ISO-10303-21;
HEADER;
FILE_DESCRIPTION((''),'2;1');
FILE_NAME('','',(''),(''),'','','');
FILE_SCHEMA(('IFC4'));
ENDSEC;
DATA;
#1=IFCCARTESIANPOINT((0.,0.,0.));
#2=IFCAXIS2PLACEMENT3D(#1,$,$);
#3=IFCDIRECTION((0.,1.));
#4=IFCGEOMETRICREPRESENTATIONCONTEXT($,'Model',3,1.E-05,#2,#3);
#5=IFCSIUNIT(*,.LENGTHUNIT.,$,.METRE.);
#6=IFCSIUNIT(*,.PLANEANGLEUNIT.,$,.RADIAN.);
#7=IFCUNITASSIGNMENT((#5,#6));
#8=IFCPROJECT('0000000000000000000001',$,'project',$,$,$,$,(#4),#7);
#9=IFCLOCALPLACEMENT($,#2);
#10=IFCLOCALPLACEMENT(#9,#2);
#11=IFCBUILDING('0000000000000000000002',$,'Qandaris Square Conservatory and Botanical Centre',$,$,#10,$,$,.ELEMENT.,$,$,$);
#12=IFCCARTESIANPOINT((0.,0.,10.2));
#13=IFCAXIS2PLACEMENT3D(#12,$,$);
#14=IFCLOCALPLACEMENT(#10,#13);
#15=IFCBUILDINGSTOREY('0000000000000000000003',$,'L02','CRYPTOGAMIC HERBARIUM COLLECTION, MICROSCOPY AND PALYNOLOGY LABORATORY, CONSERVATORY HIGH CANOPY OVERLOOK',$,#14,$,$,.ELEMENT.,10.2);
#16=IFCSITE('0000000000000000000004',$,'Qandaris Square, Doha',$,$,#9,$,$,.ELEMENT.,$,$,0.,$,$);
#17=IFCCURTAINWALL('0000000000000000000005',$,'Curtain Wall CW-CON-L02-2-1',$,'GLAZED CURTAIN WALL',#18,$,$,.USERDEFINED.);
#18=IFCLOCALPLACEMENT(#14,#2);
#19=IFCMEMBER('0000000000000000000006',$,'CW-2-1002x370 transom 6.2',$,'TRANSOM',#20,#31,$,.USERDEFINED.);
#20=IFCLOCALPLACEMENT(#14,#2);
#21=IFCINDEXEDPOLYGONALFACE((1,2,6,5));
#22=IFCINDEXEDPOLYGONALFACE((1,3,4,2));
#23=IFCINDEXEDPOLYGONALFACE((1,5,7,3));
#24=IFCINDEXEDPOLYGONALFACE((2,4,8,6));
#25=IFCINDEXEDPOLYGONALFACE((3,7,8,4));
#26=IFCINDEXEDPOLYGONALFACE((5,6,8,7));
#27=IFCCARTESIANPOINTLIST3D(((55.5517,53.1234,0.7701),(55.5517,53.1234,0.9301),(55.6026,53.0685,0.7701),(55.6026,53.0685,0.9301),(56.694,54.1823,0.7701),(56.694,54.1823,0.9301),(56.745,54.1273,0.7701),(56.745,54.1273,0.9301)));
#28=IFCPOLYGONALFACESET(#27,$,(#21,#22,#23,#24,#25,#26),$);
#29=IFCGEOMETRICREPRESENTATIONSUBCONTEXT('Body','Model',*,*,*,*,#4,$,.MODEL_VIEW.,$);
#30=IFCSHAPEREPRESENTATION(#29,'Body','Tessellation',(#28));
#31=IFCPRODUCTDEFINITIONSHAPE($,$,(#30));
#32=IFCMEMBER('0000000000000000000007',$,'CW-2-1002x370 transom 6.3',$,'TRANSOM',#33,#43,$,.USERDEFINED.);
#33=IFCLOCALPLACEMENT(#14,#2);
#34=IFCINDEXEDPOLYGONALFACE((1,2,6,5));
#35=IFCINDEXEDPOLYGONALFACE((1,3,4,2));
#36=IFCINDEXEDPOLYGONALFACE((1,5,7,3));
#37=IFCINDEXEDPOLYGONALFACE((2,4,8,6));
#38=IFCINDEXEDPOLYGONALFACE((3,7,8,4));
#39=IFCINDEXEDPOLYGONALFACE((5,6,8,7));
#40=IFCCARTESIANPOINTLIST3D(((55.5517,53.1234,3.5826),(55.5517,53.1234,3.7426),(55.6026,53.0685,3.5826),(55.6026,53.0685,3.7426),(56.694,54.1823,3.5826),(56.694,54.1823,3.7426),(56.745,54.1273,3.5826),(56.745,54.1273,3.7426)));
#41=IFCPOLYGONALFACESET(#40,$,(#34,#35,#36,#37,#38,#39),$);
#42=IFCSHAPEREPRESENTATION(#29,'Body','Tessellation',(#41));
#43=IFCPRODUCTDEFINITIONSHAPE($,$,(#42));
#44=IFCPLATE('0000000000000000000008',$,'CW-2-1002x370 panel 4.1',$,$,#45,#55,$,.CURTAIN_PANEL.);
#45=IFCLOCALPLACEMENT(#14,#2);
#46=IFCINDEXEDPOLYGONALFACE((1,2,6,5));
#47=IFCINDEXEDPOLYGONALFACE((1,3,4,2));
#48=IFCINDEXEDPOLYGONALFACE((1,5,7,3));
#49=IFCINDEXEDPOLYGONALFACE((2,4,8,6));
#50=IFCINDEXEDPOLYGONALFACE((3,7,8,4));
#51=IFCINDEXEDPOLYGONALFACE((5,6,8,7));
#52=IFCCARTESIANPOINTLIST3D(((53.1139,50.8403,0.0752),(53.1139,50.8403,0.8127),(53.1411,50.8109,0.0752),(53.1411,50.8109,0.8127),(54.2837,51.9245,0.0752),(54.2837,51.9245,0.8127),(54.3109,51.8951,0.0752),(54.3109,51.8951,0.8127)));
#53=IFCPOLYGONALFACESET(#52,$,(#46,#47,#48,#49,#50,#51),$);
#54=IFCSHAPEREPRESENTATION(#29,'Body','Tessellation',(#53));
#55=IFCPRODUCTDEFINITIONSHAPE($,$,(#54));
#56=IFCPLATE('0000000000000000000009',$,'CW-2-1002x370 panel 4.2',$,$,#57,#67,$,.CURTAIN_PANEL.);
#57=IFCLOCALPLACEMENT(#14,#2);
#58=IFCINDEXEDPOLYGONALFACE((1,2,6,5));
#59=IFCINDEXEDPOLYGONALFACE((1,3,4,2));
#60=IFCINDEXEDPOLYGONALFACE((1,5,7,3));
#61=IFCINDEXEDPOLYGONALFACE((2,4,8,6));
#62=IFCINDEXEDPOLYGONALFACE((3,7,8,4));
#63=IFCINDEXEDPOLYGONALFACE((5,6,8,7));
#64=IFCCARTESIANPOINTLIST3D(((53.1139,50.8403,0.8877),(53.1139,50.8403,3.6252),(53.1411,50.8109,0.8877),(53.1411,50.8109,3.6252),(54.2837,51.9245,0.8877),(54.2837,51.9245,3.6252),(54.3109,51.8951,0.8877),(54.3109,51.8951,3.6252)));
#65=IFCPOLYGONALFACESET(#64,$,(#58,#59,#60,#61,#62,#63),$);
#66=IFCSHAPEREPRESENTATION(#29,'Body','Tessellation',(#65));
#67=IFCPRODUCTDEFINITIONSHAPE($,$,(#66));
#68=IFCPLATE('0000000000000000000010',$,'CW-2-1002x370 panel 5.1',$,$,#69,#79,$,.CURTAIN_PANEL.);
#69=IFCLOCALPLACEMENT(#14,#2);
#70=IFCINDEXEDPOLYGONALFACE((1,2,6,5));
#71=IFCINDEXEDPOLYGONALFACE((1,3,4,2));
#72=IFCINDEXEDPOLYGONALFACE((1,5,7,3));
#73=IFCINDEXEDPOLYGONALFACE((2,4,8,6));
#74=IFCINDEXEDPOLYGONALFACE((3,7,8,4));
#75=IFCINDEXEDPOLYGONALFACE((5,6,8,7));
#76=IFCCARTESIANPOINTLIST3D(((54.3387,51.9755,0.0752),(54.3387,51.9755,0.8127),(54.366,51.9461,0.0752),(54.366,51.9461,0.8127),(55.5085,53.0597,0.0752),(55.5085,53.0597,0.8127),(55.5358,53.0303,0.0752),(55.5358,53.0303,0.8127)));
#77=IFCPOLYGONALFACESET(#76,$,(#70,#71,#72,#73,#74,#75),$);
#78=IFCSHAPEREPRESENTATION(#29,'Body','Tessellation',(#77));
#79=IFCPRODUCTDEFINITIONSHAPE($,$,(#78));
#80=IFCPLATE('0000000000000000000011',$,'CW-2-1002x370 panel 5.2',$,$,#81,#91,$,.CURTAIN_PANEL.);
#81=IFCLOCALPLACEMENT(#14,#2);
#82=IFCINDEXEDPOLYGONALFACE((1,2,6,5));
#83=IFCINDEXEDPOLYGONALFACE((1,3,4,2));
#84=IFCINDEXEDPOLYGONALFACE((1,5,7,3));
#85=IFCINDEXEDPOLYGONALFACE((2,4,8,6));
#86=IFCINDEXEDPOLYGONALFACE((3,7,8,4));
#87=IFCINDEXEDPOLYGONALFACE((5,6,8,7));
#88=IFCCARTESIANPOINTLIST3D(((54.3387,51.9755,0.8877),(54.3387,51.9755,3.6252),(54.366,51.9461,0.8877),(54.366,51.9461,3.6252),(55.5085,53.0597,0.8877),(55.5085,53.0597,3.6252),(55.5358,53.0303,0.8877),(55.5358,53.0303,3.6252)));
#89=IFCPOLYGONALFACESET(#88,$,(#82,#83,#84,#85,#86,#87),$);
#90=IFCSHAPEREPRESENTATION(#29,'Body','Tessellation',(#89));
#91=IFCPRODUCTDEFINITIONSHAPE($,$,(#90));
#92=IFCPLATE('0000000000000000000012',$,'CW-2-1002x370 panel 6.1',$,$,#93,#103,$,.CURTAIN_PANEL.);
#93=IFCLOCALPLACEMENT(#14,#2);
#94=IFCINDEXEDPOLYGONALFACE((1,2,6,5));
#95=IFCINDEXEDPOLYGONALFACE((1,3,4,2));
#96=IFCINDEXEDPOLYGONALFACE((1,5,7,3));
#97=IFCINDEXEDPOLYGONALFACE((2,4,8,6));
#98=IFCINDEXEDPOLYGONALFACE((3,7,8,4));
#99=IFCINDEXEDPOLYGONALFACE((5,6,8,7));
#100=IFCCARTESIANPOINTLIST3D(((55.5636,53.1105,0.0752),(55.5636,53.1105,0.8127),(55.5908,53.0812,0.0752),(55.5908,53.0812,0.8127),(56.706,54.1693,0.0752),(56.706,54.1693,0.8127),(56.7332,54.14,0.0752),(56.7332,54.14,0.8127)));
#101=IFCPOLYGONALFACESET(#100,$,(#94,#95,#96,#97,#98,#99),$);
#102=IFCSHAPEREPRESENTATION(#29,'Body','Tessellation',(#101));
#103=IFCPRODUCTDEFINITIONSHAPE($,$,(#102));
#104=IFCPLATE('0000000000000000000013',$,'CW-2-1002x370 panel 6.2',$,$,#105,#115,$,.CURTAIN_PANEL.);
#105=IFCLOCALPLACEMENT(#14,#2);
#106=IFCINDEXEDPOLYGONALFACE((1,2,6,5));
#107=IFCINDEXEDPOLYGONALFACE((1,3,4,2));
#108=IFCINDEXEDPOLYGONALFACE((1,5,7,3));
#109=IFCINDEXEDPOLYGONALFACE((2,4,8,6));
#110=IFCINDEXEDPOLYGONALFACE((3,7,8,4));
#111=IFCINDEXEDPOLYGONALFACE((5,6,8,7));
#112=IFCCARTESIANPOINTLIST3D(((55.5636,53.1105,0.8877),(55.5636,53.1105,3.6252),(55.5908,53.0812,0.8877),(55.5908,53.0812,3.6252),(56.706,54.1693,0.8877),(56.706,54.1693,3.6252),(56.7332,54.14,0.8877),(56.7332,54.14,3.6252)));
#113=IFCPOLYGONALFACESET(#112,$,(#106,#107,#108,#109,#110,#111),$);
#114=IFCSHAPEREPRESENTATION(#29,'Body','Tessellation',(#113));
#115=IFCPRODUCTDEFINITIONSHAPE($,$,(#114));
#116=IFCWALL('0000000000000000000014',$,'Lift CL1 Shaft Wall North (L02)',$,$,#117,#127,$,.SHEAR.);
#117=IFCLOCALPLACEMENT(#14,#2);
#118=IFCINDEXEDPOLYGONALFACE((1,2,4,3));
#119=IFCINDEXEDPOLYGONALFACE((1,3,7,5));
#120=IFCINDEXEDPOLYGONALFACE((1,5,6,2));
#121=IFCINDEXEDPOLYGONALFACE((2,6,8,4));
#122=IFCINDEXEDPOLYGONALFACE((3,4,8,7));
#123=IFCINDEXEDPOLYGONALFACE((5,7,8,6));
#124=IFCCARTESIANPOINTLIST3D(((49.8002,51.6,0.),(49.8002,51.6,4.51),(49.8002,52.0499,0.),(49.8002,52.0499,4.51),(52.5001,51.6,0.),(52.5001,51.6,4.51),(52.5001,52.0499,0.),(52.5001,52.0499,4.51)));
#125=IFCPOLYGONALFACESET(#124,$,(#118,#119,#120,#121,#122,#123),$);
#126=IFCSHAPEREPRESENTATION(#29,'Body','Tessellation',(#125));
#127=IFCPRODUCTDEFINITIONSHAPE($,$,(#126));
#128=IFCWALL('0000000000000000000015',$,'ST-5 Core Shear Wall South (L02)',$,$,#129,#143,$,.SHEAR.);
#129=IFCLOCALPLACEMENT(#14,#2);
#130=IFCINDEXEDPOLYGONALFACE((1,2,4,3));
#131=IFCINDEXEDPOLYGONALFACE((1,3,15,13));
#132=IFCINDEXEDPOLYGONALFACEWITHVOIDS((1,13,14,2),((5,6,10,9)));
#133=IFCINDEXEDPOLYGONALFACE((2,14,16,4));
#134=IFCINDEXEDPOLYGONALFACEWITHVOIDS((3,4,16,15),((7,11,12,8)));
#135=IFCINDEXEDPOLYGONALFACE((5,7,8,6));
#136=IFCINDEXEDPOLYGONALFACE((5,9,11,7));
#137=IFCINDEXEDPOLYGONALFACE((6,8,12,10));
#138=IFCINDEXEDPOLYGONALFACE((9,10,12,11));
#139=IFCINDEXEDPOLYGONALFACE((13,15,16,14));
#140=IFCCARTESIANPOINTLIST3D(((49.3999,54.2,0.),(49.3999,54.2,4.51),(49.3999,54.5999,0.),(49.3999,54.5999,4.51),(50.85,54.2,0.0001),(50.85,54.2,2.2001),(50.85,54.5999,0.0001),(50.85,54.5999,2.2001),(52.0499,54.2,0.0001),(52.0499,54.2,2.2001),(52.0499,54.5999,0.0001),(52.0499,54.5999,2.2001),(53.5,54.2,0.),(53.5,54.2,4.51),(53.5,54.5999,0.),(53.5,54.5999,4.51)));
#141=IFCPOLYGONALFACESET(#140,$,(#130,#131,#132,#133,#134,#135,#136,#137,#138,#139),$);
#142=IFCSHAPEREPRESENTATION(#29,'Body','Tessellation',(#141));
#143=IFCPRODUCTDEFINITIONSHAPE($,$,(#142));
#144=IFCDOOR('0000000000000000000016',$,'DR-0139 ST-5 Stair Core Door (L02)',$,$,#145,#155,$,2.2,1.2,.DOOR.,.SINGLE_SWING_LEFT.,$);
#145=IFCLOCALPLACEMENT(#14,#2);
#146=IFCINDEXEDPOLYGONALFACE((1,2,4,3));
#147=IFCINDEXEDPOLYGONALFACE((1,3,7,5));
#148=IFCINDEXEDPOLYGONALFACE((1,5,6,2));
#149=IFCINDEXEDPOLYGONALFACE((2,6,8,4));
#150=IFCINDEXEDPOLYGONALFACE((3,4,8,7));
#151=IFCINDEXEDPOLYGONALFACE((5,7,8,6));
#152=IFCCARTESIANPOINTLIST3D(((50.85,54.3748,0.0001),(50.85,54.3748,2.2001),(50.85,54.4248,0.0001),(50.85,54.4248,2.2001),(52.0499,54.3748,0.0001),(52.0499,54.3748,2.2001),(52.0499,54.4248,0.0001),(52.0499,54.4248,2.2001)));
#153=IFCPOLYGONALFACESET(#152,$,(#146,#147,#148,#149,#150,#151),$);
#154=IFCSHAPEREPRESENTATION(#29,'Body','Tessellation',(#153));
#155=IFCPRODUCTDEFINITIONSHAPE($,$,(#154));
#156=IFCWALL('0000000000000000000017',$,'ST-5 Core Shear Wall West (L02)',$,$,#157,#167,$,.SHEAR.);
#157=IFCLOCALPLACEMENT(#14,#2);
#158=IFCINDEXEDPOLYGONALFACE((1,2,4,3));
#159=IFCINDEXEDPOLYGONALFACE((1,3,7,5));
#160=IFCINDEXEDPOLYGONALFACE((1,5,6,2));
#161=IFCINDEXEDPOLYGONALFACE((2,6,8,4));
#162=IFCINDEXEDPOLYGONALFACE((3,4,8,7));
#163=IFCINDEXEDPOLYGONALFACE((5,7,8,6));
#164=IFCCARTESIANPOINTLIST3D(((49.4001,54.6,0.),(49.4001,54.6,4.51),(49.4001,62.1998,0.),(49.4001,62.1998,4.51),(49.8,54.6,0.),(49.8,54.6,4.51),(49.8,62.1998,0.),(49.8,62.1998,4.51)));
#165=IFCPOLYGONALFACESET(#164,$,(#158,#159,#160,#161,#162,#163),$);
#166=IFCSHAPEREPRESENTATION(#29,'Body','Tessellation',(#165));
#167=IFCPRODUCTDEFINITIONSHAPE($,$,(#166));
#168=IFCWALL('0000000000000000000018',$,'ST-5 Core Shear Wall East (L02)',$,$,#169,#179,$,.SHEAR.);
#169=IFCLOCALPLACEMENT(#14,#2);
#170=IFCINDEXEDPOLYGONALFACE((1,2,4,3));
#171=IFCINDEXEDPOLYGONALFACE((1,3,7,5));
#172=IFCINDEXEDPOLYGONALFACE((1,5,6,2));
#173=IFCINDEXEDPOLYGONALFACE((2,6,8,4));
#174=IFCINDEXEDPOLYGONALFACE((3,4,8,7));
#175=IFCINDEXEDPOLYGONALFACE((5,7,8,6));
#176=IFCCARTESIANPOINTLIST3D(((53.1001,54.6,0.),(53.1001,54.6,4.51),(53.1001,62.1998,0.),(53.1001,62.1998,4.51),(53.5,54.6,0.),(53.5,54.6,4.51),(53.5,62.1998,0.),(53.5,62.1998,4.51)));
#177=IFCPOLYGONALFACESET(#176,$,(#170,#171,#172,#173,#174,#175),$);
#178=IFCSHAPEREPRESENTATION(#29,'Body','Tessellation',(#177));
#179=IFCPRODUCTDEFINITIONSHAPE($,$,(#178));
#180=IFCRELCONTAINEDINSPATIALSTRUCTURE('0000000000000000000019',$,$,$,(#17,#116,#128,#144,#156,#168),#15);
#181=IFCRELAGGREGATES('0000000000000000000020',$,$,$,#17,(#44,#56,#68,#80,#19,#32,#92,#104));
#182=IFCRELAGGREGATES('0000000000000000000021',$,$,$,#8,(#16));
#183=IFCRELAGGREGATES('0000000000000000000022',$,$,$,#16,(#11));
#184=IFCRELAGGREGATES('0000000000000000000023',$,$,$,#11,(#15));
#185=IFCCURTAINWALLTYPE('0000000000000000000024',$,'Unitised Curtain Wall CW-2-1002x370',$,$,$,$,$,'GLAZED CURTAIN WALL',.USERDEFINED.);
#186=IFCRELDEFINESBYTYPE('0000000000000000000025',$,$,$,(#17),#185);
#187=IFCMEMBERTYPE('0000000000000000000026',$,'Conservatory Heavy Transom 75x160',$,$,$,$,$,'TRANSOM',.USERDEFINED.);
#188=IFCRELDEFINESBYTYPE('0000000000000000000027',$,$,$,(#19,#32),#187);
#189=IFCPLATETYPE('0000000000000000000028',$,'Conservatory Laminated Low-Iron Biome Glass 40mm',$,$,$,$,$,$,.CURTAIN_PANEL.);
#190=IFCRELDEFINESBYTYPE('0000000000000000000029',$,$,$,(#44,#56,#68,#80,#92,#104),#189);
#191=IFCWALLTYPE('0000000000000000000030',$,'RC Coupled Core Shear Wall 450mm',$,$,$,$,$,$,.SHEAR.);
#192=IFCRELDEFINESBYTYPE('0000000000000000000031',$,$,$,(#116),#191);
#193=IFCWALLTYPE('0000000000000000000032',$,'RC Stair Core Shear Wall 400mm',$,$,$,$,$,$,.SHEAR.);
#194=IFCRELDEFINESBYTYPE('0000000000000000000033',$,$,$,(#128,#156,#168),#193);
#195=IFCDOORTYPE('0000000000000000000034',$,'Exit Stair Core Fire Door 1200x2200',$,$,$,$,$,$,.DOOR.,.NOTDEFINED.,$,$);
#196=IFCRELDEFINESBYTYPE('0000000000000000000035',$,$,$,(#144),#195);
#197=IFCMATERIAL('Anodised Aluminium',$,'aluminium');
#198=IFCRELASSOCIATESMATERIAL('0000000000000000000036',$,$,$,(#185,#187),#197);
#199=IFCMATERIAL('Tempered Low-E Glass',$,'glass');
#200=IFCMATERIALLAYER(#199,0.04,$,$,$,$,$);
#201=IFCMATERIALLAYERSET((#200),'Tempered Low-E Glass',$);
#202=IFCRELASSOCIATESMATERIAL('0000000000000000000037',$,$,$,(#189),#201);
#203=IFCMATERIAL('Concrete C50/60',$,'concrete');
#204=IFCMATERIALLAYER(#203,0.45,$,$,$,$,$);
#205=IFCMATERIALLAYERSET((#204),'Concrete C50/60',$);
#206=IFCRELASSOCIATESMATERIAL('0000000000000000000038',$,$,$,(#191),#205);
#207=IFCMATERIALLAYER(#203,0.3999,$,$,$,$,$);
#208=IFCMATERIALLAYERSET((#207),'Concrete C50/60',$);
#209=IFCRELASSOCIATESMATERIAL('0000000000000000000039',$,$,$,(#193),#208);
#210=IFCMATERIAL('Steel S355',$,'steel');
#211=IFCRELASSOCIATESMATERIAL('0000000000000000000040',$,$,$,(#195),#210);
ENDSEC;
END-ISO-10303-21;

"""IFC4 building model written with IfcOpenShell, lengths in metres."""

from ifc_helpers import new_model, si_unit, direction, frame, frame_2d, origin, origin_2d, place, context, subcontext, project, spatial, rectangle, extrude, material, layer, layer_set, material_profile, profile_set, type_object, element, fill, aggregate, save


model = new_model("IFC4")

# Units and contexts
model_context = context("Model", 3, precision=1e-05, world=origin(), true_north=direction((0.0, 1.0)))
body_context = subcontext(model_context, "Body", "Model", "MODEL_VIEW")
ifc_project = project(units=[si_unit("LENGTHUNIT", "METRE"), si_unit("PLANEANGLEUNIT", "RADIAN")], contexts=[model_context])

# Site, building, storey
site_placement = place(None, origin())
site = spatial("IfcSite", under=ifc_project, at=site_placement, Name="Qandaris Square, Doha", CompositionType="ELEMENT", RefElevation=0.0)
building_placement = place(site_placement, origin())
building = spatial("IfcBuilding", under=site, at=building_placement, Name="Qandaris Square Conservatory and Botanical Centre", CompositionType="ELEMENT")
storey_placement = place(building_placement, frame((0.0, 0.0, 10.2)))
storey = spatial("IfcBuildingStorey", under=building, at=storey_placement, Name="L02", Description="CRYPTOGAMIC HERBARIUM COLLECTION, MICROSCOPY AND PALYNOLOGY LABORATORY, CONSERVATORY HIGH CANOPY OVERLOOK", CompositionType="ELEMENT", Elevation=10.2)

# Shared definitions
ifc_material_1 = material(Name="Concrete C50/60", Category="concrete")

# Curtain wall, members, plates
ifc_material_2 = material(Name="Anodised Aluminium", Category="aluminium")
curtain_wall_type = type_object("IfcCurtainWallType", Name="Unitised Curtain Wall CW-2-1002x370", ElementType="GLAZED CURTAIN WALL", PredefinedType="USERDEFINED", material=ifc_material_2)
curtain_wall_placement = place(storey_placement, origin())
curtain_wall = element("IfcCurtainWall", 1, at=curtain_wall_placement, inside=storey, type_object=curtain_wall_type, Name="Curtain Wall CW-CON-L02-2-1", ObjectType="GLAZED CURTAIN WALL", PredefinedType="USERDEFINED")
ifc_material_profile_1 = material_profile(ifc_material_2, rectangle(XDim=0.075, YDim=0.1599, at=origin_2d()), Name="ALU-TRN 75x160")
ifc_profile_set_1 = profile_set([ifc_material_profile_1], Name="Anodised Aluminium")
member_type_1 = type_object("IfcMemberType", Name="Conservatory Heavy Transom 75x160", ElementType="TRANSOM", PredefinedType="USERDEFINED", material=ifc_profile_set_1)
member_1_placement = place(storey_placement, frame((55.5771, 53.0959, 0.8501), z_axis=(0.733402, 0.679796, 0.0), x_axis=(-0.679796, 0.733402, 0.0)))
member_1 = element("IfcMember", 2, at=member_1_placement, type_object=member_type_1, Name="CW-2-1002x370 transom 6.2", ObjectType="TRANSOM", PredefinedType="USERDEFINED", context=body_context, shape_type="SweptSolid", body=[
    extrude(rectangle(XDim=0.075, YDim=0.1599, at=origin_2d()), origin(), (0.0, 0.0, 1.0), 1.5576),
])
member_2_placement = place(storey_placement, frame((55.5771, 53.0959, 3.6626), z_axis=(0.733402, 0.679796, 0.0), x_axis=(-0.679796, 0.733402, 0.0)))
member_2 = element("IfcMember", 3, at=member_2_placement, type_object=member_type_1, Name="CW-2-1002x370 transom 6.3", ObjectType="TRANSOM", PredefinedType="USERDEFINED", context=body_context, shape_type="SweptSolid", body=[
    extrude(rectangle(XDim=0.075, YDim=0.1599, at=origin_2d()), origin(), (0.0, 0.0, 1.0), 1.5576),
])
ifc_material_3 = material(Name="Tempered Low-E Glass", Category="glass")
ifc_layer_1 = layer(ifc_material_3, 0.04)
ifc_layer_set_1 = layer_set([ifc_layer_1], Name="Tempered Low-E Glass")
plate_type = type_object("IfcPlateType", Name="Conservatory Laminated Low-Iron Biome Glass 40mm", PredefinedType="CURTAIN_PANEL", material=ifc_layer_set_1)
plate_1_placement = place(storey_placement, frame((53.7124, 51.3677, 0.0752), z_axis=(0.0, 0.0, 1.0), x_axis=(0.733433, 0.679762, 0.0)))
plate_1 = element("IfcPlate", 4, at=plate_1_placement, type_object=plate_type, Name="CW-2-1002x370 panel 4.1", PredefinedType="CURTAIN_PANEL", context=body_context, shape_type="SweptSolid", body=[
    extrude(rectangle(XDim=1.595, YDim=0.04, at=origin_2d()), origin(), (0.0, 0.0, 1.0), 0.7375),
])
plate_2_placement = place(storey_placement, frame((53.7124, 51.3677, 0.8877), z_axis=(0.0, 0.0, 1.0), x_axis=(0.733433, 0.679762, 0.0)))
plate_2 = element("IfcPlate", 5, at=plate_2_placement, type_object=plate_type, Name="CW-2-1002x370 panel 4.2", PredefinedType="CURTAIN_PANEL", context=body_context, shape_type="SweptSolid", body=[
    extrude(rectangle(XDim=1.595, YDim=0.04, at=origin_2d()), origin(), (0.0, 0.0, 1.0), 2.7375),
])
plate_3_placement = place(storey_placement, frame((54.9373, 52.5029, 0.0752), z_axis=(0.0, 0.0, 1.0), x_axis=(0.733433, 0.679762, 0.0)))
plate_3 = element("IfcPlate", 6, at=plate_3_placement, type_object=plate_type, Name="CW-2-1002x370 panel 5.1", PredefinedType="CURTAIN_PANEL", context=body_context, shape_type="SweptSolid", body=[
    extrude(rectangle(XDim=1.595, YDim=0.04, at=origin_2d()), origin(), (0.0, 0.0, 1.0), 0.7375),
])
plate_4_placement = place(storey_placement, frame((54.9373, 52.5029, 0.8877), z_axis=(0.0, 0.0, 1.0), x_axis=(0.733433, 0.679762, 0.0)))
plate_4 = element("IfcPlate", 7, at=plate_4_placement, type_object=plate_type, Name="CW-2-1002x370 panel 5.2", PredefinedType="CURTAIN_PANEL", context=body_context, shape_type="SweptSolid", body=[
    extrude(rectangle(XDim=1.595, YDim=0.04, at=origin_2d()), origin(), (0.0, 0.0, 1.0), 2.7375),
])
plate_5_placement = place(storey_placement, frame((56.1484, 53.6252, 0.0752), z_axis=(0.0, 0.0, 1.0), x_axis=(0.733433, 0.679762, 0.0)))
plate_5 = element("IfcPlate", 8, at=plate_5_placement, type_object=plate_type, Name="CW-2-1002x370 panel 6.1", PredefinedType="CURTAIN_PANEL", context=body_context, shape_type="SweptSolid", body=[
    extrude(rectangle(XDim=1.5576, YDim=0.04, at=origin_2d()), origin(), (0.0, 0.0, 1.0), 0.7375),
])
plate_6_placement = place(storey_placement, frame((56.1484, 53.6252, 0.8877), z_axis=(0.0, 0.0, 1.0), x_axis=(0.733433, 0.679762, 0.0)))
plate_6 = element("IfcPlate", 9, at=plate_6_placement, type_object=plate_type, Name="CW-2-1002x370 panel 6.2", PredefinedType="CURTAIN_PANEL", context=body_context, shape_type="SweptSolid", body=[
    extrude(rectangle(XDim=1.5576, YDim=0.04, at=origin_2d()), origin(), (0.0, 0.0, 1.0), 2.7375),
])
aggregate(curtain_wall, [plate_1, plate_2, plate_3, plate_4, member_1, member_2, plate_5, plate_6])

# Wall
ifc_layer_2 = layer(ifc_material_1, 0.45)
ifc_layer_set_2 = layer_set([ifc_layer_2], Name="Concrete C50/60")
wall_type_1 = type_object("IfcWallType", Name="RC Coupled Core Shear Wall 450mm", PredefinedType="SHEAR", material=ifc_layer_set_2)
wall_1_placement = place(storey_placement, frame((49.8, 51.825, 0.0), z_axis=(0.0, 0.0, 1.0), x_axis=(1.0, 0.0, 0.0)))
element("IfcWall", 10, at=wall_1_placement, inside=storey, type_object=wall_type_1, Name="Lift CL1 Shaft Wall North (L02)", PredefinedType="SHEAR", context=body_context, shape_type="SweptSolid", body=[
    extrude(rectangle(XDim=2.7, YDim=0.45, at=frame_2d((1.3501, 0.0))), origin(), (0.0, 0.0, 1.0), 4.51),
])

# Wall, opening, door
ifc_layer_3 = layer(ifc_material_1, 0.3999)
ifc_layer_set_3 = layer_set([ifc_layer_3], Name="Concrete C50/60")
wall_type_2 = type_object("IfcWallType", Name="RC Stair Core Shear Wall 400mm", PredefinedType="SHEAR", material=ifc_layer_set_3)
wall_2_placement = place(storey_placement, frame((49.3999, 54.3999, 0.0), z_axis=(0.0, 0.0, 1.0), x_axis=(1.0, 0.0, 0.0)))
wall_2 = element("IfcWall", 11, at=wall_2_placement, inside=storey, type_object=wall_type_2, Name="ST-5 Core Shear Wall South (L02)", PredefinedType="SHEAR", context=body_context, shape_type="SweptSolid", body=[
    extrude(rectangle(XDim=4.1001, YDim=0.3999, at=frame_2d((2.05, 0.0))), origin(), (0.0, 0.0, 1.0), 4.51),
])
opening_placement = place(wall_2_placement, frame((1.45, 0.0, 0.0)))
opening = element("IfcOpeningElement", 12, at=opening_placement, cuts=wall_2, PredefinedType="OPENING", context=body_context, shape_type="SweptSolid", body=[
    extrude(rectangle(XDim=1.2, YDim=2.2, at=frame_2d((0.6001, 1.1001))), frame((0.0, 0.2119, 0.0), z_axis=(0.0, -1.0, 0.0), x_axis=(1.0, 0.0, 0.0)), (0.0, 0.0, 1.0), 0.4238),
])
ifc_material_4 = material(Name="Steel S355", Category="steel")
door_type = type_object("IfcDoorType", Name="Exit Stair Core Fire Door 1200x2200", OperationType="NOTDEFINED", PredefinedType="DOOR", material=ifc_material_4)
door_placement = place(opening_placement, origin())
door = element("IfcDoor", 13, at=door_placement, inside=storey, type_object=door_type, Name="DR-0139 ST-5 Stair Core Door (L02)", OperationType="SINGLE_SWING_LEFT", OverallHeight=2.2, OverallWidth=1.2, PredefinedType="DOOR", context=body_context, shape_type="SweptSolid", body=[
    extrude(rectangle(XDim=1.2, YDim=2.2, at=frame_2d((0.6001, 1.1001))), frame((0.0, 0.0249, 0.0), z_axis=(0.0, -1.0, 0.0), x_axis=(1.0, 0.0, 0.0)), (0.0, 0.0, 1.0), 0.05),
])
fill(opening, door)

# Walls
for number, where, z_axis, x_axis, name in (
    (14, (49.6001, 54.6001, 0.0), (0.0, 0.0, 1.0), (0.0, 1.0, 0.0), "ST-5 Core Shear Wall West (L02)"),
    (15, (53.3, 54.6001, 0.0), (0.0, 0.0, 1.0), (0.0, 1.0, 0.0), "ST-5 Core Shear Wall East (L02)"),
):
    element("IfcWall", number, at=place(storey_placement, frame(where, z_axis=z_axis, x_axis=x_axis)), inside=storey, type_object=wall_type_2, Name=name, PredefinedType="SHEAR", context=body_context, shape_type="SweptSolid", body=[
        extrude(rectangle(XDim=7.5999, YDim=0.3999, at=frame_2d((3.7998, 0.0))), origin(), (0.0, 0.0, 1.0), 4.51),
    ])

save(model, "model.ifc")
